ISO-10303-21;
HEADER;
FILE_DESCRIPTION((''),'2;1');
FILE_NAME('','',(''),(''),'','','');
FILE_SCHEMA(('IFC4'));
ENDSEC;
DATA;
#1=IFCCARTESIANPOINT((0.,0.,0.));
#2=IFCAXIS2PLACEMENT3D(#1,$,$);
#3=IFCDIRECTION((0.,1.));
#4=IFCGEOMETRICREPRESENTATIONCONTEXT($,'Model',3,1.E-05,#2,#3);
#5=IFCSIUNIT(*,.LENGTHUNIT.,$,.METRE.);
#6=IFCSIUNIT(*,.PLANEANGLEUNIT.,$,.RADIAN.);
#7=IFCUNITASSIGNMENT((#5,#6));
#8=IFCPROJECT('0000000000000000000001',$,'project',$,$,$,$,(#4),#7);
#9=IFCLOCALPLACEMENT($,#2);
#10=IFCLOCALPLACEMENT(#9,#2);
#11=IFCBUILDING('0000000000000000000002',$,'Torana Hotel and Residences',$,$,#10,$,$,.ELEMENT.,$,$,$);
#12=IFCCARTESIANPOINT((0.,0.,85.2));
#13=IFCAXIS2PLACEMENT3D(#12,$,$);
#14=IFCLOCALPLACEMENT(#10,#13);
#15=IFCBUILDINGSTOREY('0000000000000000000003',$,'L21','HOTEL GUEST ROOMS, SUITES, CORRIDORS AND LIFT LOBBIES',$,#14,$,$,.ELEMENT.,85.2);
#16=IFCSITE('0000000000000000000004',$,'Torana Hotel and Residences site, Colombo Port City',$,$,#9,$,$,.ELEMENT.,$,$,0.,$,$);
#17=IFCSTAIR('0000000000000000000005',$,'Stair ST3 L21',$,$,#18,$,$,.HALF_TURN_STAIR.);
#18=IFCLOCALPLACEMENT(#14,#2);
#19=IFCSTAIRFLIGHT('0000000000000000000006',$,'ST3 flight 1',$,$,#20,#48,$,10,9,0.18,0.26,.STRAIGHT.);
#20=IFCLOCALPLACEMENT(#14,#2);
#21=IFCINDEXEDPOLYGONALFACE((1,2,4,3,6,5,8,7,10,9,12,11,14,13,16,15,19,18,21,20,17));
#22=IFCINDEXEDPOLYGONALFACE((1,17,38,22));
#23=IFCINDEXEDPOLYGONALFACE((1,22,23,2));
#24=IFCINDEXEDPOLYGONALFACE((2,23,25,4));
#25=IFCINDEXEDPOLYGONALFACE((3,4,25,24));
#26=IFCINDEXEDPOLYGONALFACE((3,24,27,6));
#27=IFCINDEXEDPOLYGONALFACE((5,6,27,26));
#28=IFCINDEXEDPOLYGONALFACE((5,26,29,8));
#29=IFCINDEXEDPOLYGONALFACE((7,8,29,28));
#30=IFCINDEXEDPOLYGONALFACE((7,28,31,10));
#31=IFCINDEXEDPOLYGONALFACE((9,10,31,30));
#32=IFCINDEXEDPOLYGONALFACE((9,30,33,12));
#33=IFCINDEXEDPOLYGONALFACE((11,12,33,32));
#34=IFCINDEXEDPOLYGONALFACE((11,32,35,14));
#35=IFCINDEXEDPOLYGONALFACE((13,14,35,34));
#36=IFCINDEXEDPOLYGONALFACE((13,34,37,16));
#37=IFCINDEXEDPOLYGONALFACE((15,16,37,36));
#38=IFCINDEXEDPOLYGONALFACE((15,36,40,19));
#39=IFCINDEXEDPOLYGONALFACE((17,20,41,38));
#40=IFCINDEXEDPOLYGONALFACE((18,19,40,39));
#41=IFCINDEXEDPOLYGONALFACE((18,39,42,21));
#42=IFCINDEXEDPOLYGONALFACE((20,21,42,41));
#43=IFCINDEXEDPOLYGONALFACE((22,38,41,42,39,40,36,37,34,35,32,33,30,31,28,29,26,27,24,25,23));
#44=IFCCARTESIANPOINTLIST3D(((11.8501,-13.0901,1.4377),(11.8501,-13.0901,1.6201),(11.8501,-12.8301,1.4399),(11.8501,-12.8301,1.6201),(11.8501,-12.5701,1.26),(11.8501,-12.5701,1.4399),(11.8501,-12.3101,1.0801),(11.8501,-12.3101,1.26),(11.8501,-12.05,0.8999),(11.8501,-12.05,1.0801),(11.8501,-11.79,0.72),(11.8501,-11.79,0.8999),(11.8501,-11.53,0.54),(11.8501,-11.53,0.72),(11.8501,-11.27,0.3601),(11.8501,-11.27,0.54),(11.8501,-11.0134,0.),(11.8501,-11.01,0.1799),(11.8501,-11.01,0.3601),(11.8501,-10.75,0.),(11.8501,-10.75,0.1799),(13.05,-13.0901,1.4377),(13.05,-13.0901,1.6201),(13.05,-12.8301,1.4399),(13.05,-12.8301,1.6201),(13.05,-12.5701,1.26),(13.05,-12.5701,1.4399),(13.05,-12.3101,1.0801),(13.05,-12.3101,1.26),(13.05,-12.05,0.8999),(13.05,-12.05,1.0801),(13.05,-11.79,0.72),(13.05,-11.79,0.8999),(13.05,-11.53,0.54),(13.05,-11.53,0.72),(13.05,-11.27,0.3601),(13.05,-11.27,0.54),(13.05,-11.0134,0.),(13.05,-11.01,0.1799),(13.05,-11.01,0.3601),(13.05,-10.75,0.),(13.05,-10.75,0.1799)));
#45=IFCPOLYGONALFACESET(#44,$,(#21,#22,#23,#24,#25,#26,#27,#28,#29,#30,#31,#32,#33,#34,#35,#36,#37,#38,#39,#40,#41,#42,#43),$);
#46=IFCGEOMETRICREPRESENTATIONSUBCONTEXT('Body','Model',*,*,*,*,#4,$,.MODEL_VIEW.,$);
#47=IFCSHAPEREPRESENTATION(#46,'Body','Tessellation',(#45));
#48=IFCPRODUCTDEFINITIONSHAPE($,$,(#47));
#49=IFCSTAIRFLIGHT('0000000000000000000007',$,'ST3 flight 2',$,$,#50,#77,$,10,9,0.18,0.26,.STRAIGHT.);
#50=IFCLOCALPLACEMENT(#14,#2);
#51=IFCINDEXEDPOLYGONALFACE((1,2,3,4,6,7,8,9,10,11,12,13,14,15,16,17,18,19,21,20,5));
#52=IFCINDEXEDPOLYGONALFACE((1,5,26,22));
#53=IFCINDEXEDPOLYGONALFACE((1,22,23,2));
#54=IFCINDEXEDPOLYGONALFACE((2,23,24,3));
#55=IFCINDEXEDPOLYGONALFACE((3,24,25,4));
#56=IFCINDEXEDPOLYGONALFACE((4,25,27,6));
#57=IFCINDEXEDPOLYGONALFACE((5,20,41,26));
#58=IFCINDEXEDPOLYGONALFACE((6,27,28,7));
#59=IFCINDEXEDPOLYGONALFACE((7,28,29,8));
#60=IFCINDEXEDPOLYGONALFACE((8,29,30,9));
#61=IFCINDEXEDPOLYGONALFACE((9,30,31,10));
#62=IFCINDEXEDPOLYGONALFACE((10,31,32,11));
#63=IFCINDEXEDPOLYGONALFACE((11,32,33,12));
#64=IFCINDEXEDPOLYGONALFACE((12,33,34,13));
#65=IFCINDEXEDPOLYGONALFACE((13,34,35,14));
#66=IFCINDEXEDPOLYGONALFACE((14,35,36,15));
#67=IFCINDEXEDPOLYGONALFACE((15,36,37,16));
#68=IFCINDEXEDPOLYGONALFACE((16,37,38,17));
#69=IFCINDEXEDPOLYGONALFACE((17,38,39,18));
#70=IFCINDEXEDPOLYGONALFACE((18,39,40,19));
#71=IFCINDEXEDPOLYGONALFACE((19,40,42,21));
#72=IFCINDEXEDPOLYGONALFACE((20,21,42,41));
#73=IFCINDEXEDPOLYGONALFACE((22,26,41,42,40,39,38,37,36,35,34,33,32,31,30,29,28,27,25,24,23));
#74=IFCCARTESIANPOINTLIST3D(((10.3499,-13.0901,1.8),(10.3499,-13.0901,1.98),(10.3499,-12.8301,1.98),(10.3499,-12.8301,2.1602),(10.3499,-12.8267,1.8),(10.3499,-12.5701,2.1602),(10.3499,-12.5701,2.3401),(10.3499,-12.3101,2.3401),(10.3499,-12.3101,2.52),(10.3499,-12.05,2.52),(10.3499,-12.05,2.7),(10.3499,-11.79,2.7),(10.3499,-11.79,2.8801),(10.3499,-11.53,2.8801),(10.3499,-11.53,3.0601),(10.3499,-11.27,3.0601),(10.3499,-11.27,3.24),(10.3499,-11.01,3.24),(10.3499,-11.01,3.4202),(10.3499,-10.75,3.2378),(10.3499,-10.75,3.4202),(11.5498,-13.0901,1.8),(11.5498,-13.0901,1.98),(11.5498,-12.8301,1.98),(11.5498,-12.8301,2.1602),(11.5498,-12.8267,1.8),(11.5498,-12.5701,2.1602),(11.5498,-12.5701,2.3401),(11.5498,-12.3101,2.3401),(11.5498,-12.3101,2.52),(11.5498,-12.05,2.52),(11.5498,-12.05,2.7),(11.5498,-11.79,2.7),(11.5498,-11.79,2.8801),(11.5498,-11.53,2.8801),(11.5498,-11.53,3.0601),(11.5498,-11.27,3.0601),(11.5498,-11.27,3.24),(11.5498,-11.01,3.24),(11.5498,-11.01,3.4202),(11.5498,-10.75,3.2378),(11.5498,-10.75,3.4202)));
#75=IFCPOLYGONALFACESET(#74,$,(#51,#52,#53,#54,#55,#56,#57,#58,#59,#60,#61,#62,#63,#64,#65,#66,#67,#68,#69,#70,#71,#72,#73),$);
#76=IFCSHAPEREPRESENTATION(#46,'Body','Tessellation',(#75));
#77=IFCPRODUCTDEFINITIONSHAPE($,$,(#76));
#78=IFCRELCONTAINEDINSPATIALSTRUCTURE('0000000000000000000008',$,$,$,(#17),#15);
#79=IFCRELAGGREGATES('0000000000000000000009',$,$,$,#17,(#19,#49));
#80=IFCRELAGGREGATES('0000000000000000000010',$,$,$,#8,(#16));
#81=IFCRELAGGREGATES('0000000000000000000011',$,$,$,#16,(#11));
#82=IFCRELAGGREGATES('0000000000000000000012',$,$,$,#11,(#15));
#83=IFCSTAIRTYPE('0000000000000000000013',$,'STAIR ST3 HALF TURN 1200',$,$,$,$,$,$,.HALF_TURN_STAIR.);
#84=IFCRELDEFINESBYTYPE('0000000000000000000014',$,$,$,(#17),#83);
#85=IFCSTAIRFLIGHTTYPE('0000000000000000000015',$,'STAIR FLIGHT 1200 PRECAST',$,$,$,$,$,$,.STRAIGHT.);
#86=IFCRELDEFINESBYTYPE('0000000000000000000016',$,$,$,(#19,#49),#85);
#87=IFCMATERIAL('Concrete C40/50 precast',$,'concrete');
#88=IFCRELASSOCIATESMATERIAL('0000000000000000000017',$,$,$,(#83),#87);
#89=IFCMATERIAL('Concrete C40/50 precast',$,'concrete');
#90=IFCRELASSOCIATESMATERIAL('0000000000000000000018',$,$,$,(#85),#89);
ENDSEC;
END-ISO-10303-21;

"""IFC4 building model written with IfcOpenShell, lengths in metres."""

from ifc_helpers import new_model, si_unit, direction, frame, origin, place, context, subcontext, project, spatial, polyline, outline, extrude, material, type_object, element, aggregate, save


model = new_model("IFC4")

# Units and contexts
model_context = context("Model", 3, precision=1e-05, world=origin(), true_north=direction((0.0, 1.0)))
body_context = subcontext(model_context, "Body", "Model", "MODEL_VIEW")
ifc_project = project(units=[si_unit("LENGTHUNIT", "METRE"), si_unit("PLANEANGLEUNIT", "RADIAN")], contexts=[model_context])

# Site, building, storey
site_placement = place(None, origin())
site = spatial("IfcSite", under=ifc_project, at=site_placement, Name="Torana Hotel and Residences site, Colombo Port City", CompositionType="ELEMENT", RefElevation=0.0)
building_placement = place(site_placement, origin())
building = spatial("IfcBuilding", under=site, at=building_placement, Name="Torana Hotel and Residences", CompositionType="ELEMENT")
storey_placement = place(building_placement, frame((0.0, 0.0, 85.2)))
storey = spatial("IfcBuildingStorey", under=building, at=storey_placement, Name="L21", Description="HOTEL GUEST ROOMS, SUITES, CORRIDORS AND LIFT LOBBIES", CompositionType="ELEMENT", Elevation=85.2)

# Stair, stair flights
ifc_material_1 = material(Name="Concrete C40/50 precast", Category="concrete")
stair_type = type_object("IfcStairType", Name="STAIR ST3 HALF TURN 1200", PredefinedType="HALF_TURN_STAIR", material=ifc_material_1)
stair_placement = place(storey_placement, origin())
stair = element("IfcStair", 1, at=stair_placement, inside=storey, type_object=stair_type, Name="Stair ST3 L21", PredefinedType="HALF_TURN_STAIR")
ifc_material_2 = material(Name="Concrete C40/50 precast", Category="concrete")
stair_flight_type = type_object("IfcStairFlightType", Name="STAIR FLIGHT 1200 PRECAST", PredefinedType="STRAIGHT", material=ifc_material_2)
stair_flight_1_placement = place(storey_placement, frame((12.45, -10.75, 0.0), z_axis=(0.0, 0.0, 1.0), x_axis=(0.0, -1.0, 0.0)))
stair_flight_1 = element("IfcStairFlight", 2, at=stair_flight_1_placement, type_object=stair_flight_type, Name="ST3 flight 1", NumberOfRisers=10, NumberOfTreads=9, PredefinedType="STRAIGHT", RiserHeight=0.18, TreadLength=0.26, context=body_context, shape_type="SweptSolid", body=[
    extrude(outline(polyline([(0.0, 0.0), (0.0, 0.1799), (0.26, 0.1799), (0.26, 0.3601), (0.52, 0.3601), (0.52, 0.54), (0.78, 0.54), (0.78, 0.72), (1.04, 0.72), (1.04, 0.8999), (1.3, 0.8999), (1.3, 1.0801), (1.5601, 1.0801), (1.5601, 1.26), (1.8201, 1.26), (1.8201, 1.4399), (2.0801, 1.4399), (2.0801, 1.6201), (2.3401, 1.6201), (2.3401, 1.8), (2.3401, 1.4377), (0.2634, 0.0), (0.0, 0.0)])), frame((0.0, 0.6001, 0.0), z_axis=(0.0, -1.0, 0.0), x_axis=(1.0, 0.0, 0.0)), (0.0, 0.0, 1.0), 1.2),
])
stair_flight_2_placement = place(storey_placement, frame((10.95, -13.0901, 1.8), z_axis=(0.0, 0.0, 1.0), x_axis=(0.0, 1.0, 0.0)))
stair_flight_2 = element("IfcStairFlight", 3, at=stair_flight_2_placement, type_object=stair_flight_type, Name="ST3 flight 2", NumberOfRisers=10, NumberOfTreads=9, PredefinedType="STRAIGHT", RiserHeight=0.18, TreadLength=0.26, context=body_context, shape_type="SweptSolid", body=[
    extrude(outline(polyline([(0.0, 0.0), (0.0, 0.1799), (0.26, 0.1799), (0.26, 0.3601), (0.52, 0.3601), (0.52, 0.54), (0.78, 0.54), (0.78, 0.72), (1.04, 0.72), (1.04, 0.8999), (1.3, 0.8999), (1.3, 1.0801), (1.5601, 1.0801), (1.5601, 1.26), (1.8201, 1.26), (1.8201, 1.4399), (2.0801, 1.4399), (2.0801, 1.6201), (2.3401, 1.6201), (2.3401, 1.8), (2.3401, 1.4377), (0.2634, 0.0), (0.0, 0.0)])), frame((0.0, 0.6001, 0.0), z_axis=(0.0, -1.0, 0.0), x_axis=(1.0, 0.0, 0.0)), (0.0, 0.0, 1.0), 1.2),
])
aggregate(stair, [stair_flight_1, stair_flight_2])

save(model, "model.ifc")
